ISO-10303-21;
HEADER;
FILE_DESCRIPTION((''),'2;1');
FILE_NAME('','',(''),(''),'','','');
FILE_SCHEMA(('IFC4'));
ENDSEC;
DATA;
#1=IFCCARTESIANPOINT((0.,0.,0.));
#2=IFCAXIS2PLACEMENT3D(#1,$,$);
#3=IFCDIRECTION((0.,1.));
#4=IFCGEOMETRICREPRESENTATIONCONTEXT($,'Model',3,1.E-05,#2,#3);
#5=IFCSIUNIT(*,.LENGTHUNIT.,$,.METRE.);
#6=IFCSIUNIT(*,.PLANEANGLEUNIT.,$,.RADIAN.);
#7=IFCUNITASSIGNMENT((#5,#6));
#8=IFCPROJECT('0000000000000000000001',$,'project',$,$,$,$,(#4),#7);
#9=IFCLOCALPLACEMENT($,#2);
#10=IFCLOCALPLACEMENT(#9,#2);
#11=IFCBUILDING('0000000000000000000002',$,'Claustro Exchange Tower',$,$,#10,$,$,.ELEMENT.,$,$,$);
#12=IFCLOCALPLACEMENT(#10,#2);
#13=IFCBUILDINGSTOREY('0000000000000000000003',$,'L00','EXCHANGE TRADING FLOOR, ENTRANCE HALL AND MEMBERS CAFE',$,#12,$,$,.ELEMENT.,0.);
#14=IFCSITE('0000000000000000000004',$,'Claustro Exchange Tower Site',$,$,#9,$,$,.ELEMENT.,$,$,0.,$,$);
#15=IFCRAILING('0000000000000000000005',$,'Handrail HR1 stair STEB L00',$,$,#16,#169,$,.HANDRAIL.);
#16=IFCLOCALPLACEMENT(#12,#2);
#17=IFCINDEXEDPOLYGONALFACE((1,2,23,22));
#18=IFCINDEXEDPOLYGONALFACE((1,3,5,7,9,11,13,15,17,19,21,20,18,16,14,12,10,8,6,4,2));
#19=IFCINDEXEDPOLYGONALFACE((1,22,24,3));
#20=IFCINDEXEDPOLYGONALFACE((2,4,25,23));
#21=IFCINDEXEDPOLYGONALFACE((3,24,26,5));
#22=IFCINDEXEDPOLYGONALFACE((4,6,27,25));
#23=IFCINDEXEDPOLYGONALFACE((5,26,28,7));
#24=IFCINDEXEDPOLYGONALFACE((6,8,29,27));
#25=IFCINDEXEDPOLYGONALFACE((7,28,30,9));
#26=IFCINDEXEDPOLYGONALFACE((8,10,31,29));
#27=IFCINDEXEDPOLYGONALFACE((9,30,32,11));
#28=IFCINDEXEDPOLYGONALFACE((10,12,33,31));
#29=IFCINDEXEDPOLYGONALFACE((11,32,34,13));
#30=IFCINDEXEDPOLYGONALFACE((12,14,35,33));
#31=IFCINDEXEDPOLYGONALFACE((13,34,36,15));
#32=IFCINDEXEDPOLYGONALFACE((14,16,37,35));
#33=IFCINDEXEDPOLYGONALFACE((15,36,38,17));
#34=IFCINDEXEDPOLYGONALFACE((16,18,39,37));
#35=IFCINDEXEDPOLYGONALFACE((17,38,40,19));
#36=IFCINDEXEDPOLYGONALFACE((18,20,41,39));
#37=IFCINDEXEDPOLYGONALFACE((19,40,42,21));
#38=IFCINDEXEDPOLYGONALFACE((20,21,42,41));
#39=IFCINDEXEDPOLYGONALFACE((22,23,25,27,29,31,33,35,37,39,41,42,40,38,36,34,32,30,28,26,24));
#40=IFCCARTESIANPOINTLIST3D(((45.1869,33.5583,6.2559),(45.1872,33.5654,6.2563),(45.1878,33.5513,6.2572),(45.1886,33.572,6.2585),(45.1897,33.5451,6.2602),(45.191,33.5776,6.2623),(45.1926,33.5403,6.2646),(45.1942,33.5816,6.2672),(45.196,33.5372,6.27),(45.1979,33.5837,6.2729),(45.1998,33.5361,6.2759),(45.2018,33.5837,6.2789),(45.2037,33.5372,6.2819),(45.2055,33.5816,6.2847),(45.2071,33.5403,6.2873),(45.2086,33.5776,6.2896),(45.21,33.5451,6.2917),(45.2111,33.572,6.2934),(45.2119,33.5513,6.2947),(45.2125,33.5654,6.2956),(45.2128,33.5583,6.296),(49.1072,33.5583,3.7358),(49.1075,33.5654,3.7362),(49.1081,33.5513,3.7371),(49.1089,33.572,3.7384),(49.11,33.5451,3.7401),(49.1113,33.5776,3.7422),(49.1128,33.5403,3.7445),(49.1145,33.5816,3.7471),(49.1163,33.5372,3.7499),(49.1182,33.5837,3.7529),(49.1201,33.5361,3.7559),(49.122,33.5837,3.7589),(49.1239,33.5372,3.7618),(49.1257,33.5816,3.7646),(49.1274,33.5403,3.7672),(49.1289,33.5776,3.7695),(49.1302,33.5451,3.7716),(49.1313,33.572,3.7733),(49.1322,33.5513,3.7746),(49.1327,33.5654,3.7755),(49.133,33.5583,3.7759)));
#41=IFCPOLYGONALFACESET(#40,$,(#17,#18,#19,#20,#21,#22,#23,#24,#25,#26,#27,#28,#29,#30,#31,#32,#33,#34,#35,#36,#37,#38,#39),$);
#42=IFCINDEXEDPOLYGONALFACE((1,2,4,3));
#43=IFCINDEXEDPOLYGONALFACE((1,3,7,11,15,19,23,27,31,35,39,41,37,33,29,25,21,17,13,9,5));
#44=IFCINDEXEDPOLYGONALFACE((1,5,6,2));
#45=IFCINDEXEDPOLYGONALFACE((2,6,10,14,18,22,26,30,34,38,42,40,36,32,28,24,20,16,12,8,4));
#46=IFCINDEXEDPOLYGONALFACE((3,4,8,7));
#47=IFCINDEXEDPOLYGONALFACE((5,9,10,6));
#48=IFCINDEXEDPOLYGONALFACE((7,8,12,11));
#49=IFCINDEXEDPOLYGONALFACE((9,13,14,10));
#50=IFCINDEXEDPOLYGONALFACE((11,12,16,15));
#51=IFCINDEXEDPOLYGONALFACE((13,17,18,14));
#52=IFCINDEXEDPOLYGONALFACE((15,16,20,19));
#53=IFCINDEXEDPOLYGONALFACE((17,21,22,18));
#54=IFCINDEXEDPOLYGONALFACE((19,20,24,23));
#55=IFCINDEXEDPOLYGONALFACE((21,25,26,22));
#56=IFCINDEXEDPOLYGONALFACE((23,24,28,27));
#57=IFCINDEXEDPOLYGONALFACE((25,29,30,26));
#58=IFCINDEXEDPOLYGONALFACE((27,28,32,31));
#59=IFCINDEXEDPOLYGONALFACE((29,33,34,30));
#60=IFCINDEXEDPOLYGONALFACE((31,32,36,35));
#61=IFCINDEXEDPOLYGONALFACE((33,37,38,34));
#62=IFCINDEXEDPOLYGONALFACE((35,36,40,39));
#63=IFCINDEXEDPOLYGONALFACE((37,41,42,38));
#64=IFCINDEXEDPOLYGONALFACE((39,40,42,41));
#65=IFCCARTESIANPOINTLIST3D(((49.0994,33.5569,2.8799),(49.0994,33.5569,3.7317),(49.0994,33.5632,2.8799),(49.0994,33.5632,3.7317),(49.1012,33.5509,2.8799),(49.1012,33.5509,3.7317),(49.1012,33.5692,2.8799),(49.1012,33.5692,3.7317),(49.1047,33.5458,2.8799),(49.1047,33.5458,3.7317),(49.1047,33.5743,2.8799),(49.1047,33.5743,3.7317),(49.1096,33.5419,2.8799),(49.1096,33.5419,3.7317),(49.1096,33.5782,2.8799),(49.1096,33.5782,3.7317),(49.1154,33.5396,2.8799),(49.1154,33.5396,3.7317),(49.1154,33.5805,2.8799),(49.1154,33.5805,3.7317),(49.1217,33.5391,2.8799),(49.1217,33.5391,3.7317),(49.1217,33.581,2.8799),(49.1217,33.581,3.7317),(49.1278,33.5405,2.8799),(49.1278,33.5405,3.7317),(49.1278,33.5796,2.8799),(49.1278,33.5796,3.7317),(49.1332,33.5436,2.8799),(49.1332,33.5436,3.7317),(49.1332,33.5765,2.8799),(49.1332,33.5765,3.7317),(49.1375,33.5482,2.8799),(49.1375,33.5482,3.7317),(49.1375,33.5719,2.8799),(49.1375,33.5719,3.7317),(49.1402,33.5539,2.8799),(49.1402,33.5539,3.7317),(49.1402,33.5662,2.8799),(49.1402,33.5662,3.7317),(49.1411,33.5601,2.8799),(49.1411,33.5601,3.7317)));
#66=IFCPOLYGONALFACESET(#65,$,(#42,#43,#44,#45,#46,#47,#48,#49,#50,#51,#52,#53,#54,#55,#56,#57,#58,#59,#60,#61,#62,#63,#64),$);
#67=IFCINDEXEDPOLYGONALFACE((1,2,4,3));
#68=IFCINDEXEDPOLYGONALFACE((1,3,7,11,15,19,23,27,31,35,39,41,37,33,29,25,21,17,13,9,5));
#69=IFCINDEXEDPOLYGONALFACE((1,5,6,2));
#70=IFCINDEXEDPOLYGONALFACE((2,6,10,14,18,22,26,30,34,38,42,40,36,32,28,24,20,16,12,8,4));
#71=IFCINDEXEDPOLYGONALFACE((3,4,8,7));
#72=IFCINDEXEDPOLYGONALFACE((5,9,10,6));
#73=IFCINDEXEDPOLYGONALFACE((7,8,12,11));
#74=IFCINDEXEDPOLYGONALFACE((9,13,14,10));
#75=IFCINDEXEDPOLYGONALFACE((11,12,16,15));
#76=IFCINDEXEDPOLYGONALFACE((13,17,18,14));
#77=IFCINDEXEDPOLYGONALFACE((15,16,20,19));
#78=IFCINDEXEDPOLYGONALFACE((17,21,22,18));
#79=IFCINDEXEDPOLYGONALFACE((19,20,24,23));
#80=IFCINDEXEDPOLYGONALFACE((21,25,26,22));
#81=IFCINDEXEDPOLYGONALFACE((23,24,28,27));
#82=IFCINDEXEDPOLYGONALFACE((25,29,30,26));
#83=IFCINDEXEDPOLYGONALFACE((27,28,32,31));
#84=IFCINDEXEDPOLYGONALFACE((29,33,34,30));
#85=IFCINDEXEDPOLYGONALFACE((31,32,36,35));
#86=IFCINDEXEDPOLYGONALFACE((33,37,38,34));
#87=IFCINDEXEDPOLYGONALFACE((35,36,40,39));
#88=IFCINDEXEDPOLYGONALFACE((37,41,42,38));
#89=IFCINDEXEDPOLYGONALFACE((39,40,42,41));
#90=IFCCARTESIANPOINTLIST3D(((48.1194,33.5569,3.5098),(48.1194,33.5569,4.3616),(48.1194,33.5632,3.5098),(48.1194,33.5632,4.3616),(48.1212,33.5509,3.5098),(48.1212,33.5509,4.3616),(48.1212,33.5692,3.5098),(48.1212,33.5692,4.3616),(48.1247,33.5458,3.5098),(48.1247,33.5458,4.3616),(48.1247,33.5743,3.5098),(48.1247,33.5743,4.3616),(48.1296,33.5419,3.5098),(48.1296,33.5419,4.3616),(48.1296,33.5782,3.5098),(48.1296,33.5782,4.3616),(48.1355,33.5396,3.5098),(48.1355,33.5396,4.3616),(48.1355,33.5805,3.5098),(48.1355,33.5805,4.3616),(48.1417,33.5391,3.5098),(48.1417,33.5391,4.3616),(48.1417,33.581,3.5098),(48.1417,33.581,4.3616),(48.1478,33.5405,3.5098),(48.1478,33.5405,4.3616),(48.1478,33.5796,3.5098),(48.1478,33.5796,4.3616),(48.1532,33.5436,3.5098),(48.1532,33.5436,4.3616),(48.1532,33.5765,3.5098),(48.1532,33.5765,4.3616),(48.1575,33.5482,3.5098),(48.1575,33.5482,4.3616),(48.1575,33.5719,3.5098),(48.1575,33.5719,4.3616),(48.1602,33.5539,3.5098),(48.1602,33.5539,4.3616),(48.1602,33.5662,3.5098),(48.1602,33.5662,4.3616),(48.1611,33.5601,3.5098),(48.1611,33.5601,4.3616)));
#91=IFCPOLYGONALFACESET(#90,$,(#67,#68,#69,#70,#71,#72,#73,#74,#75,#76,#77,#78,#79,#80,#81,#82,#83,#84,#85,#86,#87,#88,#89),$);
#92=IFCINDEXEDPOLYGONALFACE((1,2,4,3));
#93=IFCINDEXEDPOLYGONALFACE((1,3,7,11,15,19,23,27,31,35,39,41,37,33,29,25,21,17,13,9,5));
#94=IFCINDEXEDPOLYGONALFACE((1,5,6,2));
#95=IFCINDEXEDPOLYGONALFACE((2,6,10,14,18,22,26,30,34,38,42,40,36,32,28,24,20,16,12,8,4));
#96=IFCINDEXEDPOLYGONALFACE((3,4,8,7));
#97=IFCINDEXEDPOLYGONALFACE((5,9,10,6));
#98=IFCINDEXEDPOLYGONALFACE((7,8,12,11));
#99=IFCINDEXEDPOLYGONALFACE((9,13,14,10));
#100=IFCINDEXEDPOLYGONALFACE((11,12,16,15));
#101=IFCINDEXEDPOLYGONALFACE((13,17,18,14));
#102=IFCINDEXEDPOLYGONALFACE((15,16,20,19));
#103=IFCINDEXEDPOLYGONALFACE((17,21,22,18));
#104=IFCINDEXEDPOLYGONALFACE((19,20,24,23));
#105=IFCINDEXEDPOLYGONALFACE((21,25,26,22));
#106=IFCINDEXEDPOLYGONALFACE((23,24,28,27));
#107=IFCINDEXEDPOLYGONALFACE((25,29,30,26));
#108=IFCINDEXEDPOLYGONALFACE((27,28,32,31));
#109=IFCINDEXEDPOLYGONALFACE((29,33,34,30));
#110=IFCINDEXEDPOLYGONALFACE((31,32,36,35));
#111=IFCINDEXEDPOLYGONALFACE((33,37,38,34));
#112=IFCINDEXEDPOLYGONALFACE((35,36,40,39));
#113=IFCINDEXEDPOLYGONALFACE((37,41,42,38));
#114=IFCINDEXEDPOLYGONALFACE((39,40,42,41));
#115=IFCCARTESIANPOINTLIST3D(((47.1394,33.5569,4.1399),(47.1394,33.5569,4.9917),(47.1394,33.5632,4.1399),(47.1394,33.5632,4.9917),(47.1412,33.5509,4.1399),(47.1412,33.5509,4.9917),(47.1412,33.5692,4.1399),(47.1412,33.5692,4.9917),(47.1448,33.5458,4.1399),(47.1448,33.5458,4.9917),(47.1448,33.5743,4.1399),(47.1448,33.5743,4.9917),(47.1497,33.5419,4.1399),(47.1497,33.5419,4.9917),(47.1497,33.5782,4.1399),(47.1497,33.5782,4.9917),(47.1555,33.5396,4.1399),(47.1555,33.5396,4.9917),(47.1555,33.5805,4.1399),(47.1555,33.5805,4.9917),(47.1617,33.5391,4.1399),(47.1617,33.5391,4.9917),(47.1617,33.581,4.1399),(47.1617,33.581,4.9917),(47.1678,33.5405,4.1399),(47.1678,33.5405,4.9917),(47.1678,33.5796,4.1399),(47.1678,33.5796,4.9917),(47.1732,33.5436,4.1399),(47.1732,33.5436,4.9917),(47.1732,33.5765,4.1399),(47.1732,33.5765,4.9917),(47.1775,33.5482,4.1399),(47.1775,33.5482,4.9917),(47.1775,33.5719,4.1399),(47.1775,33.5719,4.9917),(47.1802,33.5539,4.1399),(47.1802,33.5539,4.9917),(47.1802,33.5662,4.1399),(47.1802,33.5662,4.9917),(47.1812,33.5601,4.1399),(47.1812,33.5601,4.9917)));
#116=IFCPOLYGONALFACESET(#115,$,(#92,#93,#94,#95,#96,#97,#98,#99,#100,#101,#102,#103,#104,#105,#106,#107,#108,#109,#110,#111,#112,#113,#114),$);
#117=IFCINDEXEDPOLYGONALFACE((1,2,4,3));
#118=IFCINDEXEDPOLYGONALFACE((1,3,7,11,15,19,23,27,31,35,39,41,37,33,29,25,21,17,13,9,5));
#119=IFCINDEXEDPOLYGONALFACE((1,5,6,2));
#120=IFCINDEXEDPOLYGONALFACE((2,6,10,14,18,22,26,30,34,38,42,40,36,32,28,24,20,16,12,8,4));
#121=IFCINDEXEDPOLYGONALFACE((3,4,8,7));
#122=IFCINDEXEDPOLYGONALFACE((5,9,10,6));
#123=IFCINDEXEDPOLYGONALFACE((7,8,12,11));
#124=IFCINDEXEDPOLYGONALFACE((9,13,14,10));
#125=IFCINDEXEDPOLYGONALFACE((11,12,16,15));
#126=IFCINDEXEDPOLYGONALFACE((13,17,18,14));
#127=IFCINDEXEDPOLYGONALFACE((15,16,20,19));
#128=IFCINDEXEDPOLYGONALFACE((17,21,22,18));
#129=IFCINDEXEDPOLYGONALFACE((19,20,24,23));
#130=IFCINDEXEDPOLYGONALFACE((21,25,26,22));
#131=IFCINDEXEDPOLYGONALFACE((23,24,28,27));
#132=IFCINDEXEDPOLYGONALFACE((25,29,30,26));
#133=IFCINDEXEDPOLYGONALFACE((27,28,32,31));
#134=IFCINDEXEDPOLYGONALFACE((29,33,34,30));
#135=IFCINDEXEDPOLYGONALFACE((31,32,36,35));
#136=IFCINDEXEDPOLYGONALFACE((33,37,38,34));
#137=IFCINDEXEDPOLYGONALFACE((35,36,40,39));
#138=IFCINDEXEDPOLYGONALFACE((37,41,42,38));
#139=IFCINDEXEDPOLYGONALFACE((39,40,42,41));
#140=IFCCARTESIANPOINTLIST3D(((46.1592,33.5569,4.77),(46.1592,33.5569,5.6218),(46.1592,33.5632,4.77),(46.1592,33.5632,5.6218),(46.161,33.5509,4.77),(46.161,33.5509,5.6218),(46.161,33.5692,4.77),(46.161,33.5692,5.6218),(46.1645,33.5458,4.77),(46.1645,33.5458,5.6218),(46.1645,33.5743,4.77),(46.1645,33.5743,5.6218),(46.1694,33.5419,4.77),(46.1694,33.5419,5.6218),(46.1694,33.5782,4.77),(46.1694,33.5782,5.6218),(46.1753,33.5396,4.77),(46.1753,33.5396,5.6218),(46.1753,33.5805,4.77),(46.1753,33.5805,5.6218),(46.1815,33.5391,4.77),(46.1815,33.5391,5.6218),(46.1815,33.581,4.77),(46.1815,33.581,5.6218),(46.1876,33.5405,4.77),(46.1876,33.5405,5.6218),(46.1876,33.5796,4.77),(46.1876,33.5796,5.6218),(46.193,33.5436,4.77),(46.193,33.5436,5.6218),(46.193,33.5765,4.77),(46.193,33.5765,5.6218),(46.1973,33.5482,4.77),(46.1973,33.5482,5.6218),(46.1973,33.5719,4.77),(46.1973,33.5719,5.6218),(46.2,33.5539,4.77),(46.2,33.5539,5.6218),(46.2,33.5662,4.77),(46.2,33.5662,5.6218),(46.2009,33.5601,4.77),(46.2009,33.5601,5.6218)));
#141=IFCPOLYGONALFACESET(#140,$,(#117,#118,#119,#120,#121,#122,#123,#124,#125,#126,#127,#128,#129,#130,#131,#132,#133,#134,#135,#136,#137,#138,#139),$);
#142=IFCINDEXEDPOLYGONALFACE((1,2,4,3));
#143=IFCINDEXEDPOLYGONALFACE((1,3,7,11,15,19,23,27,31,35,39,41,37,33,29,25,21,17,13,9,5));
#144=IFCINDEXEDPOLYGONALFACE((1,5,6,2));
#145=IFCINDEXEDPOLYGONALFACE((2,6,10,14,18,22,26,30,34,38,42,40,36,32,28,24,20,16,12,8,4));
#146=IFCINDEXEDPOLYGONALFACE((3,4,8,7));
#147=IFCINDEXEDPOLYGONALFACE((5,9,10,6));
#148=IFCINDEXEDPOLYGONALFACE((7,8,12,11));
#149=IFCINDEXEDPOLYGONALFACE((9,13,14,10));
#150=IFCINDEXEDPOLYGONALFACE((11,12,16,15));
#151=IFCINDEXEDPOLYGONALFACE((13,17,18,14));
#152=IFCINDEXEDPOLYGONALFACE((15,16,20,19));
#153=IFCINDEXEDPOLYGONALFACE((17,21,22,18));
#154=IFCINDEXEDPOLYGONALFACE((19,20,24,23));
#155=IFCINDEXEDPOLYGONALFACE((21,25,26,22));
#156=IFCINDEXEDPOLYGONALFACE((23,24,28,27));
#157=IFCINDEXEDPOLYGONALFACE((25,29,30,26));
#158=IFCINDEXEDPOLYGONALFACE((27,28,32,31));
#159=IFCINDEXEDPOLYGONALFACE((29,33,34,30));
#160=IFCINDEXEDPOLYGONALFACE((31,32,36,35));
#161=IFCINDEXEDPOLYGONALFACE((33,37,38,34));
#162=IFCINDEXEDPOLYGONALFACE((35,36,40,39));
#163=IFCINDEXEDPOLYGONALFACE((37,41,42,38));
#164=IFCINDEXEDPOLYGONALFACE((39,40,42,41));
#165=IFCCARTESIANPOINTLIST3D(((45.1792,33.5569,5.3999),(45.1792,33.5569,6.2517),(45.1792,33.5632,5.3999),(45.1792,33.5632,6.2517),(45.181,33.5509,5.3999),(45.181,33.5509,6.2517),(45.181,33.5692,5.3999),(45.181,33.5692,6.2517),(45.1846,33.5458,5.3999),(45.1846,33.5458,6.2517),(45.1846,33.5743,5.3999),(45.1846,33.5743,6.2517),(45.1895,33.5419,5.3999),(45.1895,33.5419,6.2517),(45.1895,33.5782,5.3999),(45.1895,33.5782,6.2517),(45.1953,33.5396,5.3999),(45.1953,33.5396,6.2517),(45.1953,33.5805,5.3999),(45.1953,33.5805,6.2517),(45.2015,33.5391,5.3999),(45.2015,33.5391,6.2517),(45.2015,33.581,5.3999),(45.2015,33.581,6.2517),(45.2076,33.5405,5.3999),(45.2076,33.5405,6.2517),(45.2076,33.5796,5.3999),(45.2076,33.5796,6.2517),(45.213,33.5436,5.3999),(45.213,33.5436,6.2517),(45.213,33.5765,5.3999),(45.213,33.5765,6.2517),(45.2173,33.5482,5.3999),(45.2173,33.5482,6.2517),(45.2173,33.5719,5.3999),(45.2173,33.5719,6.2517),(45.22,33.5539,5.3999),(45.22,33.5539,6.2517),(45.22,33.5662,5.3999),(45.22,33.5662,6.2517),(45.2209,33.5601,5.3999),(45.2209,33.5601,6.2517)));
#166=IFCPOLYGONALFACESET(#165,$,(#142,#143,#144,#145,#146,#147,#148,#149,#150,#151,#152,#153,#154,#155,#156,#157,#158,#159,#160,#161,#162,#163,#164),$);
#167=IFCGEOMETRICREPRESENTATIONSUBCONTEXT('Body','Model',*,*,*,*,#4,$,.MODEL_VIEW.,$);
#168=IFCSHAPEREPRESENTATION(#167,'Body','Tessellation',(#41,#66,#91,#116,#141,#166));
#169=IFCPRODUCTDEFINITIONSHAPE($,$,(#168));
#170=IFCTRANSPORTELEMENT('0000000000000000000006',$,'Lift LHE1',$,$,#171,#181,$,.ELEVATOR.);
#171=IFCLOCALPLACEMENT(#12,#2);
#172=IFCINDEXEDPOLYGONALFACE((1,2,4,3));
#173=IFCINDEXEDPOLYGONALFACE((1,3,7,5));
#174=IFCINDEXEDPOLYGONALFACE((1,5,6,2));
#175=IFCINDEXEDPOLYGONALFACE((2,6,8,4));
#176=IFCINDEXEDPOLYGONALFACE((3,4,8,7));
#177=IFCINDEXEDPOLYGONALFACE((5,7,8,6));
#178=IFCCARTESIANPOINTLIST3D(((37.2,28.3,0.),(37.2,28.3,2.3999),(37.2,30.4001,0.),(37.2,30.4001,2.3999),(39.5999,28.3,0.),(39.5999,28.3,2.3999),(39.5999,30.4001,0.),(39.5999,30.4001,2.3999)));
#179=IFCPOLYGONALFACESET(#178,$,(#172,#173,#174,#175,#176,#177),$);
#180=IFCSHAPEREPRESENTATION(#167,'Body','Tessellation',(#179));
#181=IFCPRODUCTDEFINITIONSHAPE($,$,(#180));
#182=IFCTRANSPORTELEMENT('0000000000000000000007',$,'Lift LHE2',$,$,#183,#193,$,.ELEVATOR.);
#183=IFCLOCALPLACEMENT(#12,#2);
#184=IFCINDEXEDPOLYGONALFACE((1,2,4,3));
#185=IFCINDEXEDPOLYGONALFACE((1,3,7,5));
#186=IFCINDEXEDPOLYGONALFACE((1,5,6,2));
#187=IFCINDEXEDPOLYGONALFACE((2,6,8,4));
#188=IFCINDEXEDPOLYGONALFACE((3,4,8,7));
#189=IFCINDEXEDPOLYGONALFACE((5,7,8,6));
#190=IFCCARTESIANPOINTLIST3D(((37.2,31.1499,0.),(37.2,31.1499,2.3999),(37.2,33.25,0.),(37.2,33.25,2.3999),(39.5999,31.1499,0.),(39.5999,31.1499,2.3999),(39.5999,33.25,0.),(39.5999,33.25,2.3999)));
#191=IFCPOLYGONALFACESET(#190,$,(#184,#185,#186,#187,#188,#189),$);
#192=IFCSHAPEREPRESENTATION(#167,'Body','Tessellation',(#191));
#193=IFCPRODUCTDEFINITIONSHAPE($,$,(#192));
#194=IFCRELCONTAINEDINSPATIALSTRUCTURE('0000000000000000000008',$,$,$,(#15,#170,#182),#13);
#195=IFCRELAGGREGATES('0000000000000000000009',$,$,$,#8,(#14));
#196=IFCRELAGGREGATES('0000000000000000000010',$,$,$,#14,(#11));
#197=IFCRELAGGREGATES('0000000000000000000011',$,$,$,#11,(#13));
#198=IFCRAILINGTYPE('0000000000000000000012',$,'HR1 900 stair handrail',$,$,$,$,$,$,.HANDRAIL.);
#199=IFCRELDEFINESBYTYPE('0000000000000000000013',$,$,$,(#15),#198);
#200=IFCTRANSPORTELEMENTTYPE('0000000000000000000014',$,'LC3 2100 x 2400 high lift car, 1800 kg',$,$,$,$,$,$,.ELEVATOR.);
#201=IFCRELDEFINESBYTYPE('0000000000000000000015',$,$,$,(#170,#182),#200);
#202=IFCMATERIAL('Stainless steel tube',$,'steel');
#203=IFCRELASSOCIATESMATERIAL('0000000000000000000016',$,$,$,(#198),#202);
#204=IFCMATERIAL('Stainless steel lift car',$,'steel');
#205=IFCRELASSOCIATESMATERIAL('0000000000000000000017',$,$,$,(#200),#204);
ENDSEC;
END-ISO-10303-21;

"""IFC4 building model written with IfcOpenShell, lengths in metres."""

from ifc_helpers import new_model, si_unit, direction, frame, origin, origin_2d, place, context, subcontext, project, spatial, rectangle, circle, extrude, material, type_object, element, save


model = new_model("IFC4")

# Units and contexts
model_context = context("Model", 3, precision=1e-05, world=origin(), true_north=direction((0.0, 1.0)))
body_context = subcontext(model_context, "Body", "Model", "MODEL_VIEW")
ifc_project = project(units=[si_unit("LENGTHUNIT", "METRE"), si_unit("PLANEANGLEUNIT", "RADIAN")], contexts=[model_context])

# Site, building, storey
site_placement = place(None, origin())
site = spatial("IfcSite", under=ifc_project, at=site_placement, Name="Claustro Exchange Tower Site", CompositionType="ELEMENT", RefElevation=0.0)
building_placement = place(site_placement, origin())
building = spatial("IfcBuilding", under=site, at=building_placement, Name="Claustro Exchange Tower", CompositionType="ELEMENT")
storey_placement = place(building_placement, origin())
storey = spatial("IfcBuildingStorey", under=building, at=storey_placement, Name="L00", Description="EXCHANGE TRADING FLOOR, ENTRANCE HALL AND MEMBERS CAFE", CompositionType="ELEMENT", Elevation=0.0)

# Railing
ifc_material_1 = material(Name="Stainless steel tube", Category="steel")
railing_type_1 = type_object("IfcRailingType", Name="HR1 900 stair handrail", PredefinedType="HANDRAIL", material=ifc_material_1)
railing_1_placement = place(storey_placement, frame((49.1201, 33.5601, 2.8799)))
element("IfcRailing", 1, at=railing_1_placement, inside=storey, type_object=railing_type_1, Name="Handrail HR1 stair STEB L00", PredefinedType="HANDRAIL", context=body_context, shape_type="SweptSolid", body=[
    extrude(circle(Radius=0.0239, at=origin_2d()), frame((0.0, 0.0, 0.876), z_axis=(-0.841187, 0.0, 0.540744), x_axis=(0.0, -1.0, 0.0)), (0.0, 0.0, 1.0), 4.6604),
    extrude(circle(Radius=0.021, at=origin_2d()), origin(), (0.0, 0.0, 1.0), 0.8518),
    extrude(circle(Radius=0.021, at=origin_2d()), frame((-0.98, 0.0, 0.6299)), (0.0, 0.0, 1.0), 0.8518),
    extrude(circle(Radius=0.021, at=origin_2d()), frame((-1.96, 0.0, 1.26)), (0.0, 0.0, 1.0), 0.8518),
    extrude(circle(Radius=0.021, at=origin_2d()), frame((-2.9402, 0.0, 1.8901)), (0.0, 0.0, 1.0), 0.8518),
    extrude(circle(Radius=0.021, at=origin_2d()), frame((-3.9202, 0.0, 2.52)), (0.0, 0.0, 1.0), 0.8518),
])

# Transport elements
ifc_material_2 = material(Name="Stainless steel lift car", Category="steel")
transport_element_type = type_object("IfcTransportElementType", Name="LC3 2100 x 2400 high lift car, 1800 kg", PredefinedType="ELEVATOR", material=ifc_material_2)
for number, where, name in (
    (2, (38.3999, 29.3501, 0.0), "Lift LHE1"),
    (3, (38.3999, 32.2, 0.0), "Lift LHE2"),
):
    element("IfcTransportElement", number, at=place(storey_placement, frame(where)), inside=storey, type_object=transport_element_type, Name=name, PredefinedType="ELEVATOR", context=body_context, shape_type="SweptSolid", body=[
        extrude(rectangle(XDim=2.3999, YDim=2.1001, at=origin_2d()), origin(), (0.0, 0.0, 1.0), 2.3999),
    ])

save(model, "model.ifc")
